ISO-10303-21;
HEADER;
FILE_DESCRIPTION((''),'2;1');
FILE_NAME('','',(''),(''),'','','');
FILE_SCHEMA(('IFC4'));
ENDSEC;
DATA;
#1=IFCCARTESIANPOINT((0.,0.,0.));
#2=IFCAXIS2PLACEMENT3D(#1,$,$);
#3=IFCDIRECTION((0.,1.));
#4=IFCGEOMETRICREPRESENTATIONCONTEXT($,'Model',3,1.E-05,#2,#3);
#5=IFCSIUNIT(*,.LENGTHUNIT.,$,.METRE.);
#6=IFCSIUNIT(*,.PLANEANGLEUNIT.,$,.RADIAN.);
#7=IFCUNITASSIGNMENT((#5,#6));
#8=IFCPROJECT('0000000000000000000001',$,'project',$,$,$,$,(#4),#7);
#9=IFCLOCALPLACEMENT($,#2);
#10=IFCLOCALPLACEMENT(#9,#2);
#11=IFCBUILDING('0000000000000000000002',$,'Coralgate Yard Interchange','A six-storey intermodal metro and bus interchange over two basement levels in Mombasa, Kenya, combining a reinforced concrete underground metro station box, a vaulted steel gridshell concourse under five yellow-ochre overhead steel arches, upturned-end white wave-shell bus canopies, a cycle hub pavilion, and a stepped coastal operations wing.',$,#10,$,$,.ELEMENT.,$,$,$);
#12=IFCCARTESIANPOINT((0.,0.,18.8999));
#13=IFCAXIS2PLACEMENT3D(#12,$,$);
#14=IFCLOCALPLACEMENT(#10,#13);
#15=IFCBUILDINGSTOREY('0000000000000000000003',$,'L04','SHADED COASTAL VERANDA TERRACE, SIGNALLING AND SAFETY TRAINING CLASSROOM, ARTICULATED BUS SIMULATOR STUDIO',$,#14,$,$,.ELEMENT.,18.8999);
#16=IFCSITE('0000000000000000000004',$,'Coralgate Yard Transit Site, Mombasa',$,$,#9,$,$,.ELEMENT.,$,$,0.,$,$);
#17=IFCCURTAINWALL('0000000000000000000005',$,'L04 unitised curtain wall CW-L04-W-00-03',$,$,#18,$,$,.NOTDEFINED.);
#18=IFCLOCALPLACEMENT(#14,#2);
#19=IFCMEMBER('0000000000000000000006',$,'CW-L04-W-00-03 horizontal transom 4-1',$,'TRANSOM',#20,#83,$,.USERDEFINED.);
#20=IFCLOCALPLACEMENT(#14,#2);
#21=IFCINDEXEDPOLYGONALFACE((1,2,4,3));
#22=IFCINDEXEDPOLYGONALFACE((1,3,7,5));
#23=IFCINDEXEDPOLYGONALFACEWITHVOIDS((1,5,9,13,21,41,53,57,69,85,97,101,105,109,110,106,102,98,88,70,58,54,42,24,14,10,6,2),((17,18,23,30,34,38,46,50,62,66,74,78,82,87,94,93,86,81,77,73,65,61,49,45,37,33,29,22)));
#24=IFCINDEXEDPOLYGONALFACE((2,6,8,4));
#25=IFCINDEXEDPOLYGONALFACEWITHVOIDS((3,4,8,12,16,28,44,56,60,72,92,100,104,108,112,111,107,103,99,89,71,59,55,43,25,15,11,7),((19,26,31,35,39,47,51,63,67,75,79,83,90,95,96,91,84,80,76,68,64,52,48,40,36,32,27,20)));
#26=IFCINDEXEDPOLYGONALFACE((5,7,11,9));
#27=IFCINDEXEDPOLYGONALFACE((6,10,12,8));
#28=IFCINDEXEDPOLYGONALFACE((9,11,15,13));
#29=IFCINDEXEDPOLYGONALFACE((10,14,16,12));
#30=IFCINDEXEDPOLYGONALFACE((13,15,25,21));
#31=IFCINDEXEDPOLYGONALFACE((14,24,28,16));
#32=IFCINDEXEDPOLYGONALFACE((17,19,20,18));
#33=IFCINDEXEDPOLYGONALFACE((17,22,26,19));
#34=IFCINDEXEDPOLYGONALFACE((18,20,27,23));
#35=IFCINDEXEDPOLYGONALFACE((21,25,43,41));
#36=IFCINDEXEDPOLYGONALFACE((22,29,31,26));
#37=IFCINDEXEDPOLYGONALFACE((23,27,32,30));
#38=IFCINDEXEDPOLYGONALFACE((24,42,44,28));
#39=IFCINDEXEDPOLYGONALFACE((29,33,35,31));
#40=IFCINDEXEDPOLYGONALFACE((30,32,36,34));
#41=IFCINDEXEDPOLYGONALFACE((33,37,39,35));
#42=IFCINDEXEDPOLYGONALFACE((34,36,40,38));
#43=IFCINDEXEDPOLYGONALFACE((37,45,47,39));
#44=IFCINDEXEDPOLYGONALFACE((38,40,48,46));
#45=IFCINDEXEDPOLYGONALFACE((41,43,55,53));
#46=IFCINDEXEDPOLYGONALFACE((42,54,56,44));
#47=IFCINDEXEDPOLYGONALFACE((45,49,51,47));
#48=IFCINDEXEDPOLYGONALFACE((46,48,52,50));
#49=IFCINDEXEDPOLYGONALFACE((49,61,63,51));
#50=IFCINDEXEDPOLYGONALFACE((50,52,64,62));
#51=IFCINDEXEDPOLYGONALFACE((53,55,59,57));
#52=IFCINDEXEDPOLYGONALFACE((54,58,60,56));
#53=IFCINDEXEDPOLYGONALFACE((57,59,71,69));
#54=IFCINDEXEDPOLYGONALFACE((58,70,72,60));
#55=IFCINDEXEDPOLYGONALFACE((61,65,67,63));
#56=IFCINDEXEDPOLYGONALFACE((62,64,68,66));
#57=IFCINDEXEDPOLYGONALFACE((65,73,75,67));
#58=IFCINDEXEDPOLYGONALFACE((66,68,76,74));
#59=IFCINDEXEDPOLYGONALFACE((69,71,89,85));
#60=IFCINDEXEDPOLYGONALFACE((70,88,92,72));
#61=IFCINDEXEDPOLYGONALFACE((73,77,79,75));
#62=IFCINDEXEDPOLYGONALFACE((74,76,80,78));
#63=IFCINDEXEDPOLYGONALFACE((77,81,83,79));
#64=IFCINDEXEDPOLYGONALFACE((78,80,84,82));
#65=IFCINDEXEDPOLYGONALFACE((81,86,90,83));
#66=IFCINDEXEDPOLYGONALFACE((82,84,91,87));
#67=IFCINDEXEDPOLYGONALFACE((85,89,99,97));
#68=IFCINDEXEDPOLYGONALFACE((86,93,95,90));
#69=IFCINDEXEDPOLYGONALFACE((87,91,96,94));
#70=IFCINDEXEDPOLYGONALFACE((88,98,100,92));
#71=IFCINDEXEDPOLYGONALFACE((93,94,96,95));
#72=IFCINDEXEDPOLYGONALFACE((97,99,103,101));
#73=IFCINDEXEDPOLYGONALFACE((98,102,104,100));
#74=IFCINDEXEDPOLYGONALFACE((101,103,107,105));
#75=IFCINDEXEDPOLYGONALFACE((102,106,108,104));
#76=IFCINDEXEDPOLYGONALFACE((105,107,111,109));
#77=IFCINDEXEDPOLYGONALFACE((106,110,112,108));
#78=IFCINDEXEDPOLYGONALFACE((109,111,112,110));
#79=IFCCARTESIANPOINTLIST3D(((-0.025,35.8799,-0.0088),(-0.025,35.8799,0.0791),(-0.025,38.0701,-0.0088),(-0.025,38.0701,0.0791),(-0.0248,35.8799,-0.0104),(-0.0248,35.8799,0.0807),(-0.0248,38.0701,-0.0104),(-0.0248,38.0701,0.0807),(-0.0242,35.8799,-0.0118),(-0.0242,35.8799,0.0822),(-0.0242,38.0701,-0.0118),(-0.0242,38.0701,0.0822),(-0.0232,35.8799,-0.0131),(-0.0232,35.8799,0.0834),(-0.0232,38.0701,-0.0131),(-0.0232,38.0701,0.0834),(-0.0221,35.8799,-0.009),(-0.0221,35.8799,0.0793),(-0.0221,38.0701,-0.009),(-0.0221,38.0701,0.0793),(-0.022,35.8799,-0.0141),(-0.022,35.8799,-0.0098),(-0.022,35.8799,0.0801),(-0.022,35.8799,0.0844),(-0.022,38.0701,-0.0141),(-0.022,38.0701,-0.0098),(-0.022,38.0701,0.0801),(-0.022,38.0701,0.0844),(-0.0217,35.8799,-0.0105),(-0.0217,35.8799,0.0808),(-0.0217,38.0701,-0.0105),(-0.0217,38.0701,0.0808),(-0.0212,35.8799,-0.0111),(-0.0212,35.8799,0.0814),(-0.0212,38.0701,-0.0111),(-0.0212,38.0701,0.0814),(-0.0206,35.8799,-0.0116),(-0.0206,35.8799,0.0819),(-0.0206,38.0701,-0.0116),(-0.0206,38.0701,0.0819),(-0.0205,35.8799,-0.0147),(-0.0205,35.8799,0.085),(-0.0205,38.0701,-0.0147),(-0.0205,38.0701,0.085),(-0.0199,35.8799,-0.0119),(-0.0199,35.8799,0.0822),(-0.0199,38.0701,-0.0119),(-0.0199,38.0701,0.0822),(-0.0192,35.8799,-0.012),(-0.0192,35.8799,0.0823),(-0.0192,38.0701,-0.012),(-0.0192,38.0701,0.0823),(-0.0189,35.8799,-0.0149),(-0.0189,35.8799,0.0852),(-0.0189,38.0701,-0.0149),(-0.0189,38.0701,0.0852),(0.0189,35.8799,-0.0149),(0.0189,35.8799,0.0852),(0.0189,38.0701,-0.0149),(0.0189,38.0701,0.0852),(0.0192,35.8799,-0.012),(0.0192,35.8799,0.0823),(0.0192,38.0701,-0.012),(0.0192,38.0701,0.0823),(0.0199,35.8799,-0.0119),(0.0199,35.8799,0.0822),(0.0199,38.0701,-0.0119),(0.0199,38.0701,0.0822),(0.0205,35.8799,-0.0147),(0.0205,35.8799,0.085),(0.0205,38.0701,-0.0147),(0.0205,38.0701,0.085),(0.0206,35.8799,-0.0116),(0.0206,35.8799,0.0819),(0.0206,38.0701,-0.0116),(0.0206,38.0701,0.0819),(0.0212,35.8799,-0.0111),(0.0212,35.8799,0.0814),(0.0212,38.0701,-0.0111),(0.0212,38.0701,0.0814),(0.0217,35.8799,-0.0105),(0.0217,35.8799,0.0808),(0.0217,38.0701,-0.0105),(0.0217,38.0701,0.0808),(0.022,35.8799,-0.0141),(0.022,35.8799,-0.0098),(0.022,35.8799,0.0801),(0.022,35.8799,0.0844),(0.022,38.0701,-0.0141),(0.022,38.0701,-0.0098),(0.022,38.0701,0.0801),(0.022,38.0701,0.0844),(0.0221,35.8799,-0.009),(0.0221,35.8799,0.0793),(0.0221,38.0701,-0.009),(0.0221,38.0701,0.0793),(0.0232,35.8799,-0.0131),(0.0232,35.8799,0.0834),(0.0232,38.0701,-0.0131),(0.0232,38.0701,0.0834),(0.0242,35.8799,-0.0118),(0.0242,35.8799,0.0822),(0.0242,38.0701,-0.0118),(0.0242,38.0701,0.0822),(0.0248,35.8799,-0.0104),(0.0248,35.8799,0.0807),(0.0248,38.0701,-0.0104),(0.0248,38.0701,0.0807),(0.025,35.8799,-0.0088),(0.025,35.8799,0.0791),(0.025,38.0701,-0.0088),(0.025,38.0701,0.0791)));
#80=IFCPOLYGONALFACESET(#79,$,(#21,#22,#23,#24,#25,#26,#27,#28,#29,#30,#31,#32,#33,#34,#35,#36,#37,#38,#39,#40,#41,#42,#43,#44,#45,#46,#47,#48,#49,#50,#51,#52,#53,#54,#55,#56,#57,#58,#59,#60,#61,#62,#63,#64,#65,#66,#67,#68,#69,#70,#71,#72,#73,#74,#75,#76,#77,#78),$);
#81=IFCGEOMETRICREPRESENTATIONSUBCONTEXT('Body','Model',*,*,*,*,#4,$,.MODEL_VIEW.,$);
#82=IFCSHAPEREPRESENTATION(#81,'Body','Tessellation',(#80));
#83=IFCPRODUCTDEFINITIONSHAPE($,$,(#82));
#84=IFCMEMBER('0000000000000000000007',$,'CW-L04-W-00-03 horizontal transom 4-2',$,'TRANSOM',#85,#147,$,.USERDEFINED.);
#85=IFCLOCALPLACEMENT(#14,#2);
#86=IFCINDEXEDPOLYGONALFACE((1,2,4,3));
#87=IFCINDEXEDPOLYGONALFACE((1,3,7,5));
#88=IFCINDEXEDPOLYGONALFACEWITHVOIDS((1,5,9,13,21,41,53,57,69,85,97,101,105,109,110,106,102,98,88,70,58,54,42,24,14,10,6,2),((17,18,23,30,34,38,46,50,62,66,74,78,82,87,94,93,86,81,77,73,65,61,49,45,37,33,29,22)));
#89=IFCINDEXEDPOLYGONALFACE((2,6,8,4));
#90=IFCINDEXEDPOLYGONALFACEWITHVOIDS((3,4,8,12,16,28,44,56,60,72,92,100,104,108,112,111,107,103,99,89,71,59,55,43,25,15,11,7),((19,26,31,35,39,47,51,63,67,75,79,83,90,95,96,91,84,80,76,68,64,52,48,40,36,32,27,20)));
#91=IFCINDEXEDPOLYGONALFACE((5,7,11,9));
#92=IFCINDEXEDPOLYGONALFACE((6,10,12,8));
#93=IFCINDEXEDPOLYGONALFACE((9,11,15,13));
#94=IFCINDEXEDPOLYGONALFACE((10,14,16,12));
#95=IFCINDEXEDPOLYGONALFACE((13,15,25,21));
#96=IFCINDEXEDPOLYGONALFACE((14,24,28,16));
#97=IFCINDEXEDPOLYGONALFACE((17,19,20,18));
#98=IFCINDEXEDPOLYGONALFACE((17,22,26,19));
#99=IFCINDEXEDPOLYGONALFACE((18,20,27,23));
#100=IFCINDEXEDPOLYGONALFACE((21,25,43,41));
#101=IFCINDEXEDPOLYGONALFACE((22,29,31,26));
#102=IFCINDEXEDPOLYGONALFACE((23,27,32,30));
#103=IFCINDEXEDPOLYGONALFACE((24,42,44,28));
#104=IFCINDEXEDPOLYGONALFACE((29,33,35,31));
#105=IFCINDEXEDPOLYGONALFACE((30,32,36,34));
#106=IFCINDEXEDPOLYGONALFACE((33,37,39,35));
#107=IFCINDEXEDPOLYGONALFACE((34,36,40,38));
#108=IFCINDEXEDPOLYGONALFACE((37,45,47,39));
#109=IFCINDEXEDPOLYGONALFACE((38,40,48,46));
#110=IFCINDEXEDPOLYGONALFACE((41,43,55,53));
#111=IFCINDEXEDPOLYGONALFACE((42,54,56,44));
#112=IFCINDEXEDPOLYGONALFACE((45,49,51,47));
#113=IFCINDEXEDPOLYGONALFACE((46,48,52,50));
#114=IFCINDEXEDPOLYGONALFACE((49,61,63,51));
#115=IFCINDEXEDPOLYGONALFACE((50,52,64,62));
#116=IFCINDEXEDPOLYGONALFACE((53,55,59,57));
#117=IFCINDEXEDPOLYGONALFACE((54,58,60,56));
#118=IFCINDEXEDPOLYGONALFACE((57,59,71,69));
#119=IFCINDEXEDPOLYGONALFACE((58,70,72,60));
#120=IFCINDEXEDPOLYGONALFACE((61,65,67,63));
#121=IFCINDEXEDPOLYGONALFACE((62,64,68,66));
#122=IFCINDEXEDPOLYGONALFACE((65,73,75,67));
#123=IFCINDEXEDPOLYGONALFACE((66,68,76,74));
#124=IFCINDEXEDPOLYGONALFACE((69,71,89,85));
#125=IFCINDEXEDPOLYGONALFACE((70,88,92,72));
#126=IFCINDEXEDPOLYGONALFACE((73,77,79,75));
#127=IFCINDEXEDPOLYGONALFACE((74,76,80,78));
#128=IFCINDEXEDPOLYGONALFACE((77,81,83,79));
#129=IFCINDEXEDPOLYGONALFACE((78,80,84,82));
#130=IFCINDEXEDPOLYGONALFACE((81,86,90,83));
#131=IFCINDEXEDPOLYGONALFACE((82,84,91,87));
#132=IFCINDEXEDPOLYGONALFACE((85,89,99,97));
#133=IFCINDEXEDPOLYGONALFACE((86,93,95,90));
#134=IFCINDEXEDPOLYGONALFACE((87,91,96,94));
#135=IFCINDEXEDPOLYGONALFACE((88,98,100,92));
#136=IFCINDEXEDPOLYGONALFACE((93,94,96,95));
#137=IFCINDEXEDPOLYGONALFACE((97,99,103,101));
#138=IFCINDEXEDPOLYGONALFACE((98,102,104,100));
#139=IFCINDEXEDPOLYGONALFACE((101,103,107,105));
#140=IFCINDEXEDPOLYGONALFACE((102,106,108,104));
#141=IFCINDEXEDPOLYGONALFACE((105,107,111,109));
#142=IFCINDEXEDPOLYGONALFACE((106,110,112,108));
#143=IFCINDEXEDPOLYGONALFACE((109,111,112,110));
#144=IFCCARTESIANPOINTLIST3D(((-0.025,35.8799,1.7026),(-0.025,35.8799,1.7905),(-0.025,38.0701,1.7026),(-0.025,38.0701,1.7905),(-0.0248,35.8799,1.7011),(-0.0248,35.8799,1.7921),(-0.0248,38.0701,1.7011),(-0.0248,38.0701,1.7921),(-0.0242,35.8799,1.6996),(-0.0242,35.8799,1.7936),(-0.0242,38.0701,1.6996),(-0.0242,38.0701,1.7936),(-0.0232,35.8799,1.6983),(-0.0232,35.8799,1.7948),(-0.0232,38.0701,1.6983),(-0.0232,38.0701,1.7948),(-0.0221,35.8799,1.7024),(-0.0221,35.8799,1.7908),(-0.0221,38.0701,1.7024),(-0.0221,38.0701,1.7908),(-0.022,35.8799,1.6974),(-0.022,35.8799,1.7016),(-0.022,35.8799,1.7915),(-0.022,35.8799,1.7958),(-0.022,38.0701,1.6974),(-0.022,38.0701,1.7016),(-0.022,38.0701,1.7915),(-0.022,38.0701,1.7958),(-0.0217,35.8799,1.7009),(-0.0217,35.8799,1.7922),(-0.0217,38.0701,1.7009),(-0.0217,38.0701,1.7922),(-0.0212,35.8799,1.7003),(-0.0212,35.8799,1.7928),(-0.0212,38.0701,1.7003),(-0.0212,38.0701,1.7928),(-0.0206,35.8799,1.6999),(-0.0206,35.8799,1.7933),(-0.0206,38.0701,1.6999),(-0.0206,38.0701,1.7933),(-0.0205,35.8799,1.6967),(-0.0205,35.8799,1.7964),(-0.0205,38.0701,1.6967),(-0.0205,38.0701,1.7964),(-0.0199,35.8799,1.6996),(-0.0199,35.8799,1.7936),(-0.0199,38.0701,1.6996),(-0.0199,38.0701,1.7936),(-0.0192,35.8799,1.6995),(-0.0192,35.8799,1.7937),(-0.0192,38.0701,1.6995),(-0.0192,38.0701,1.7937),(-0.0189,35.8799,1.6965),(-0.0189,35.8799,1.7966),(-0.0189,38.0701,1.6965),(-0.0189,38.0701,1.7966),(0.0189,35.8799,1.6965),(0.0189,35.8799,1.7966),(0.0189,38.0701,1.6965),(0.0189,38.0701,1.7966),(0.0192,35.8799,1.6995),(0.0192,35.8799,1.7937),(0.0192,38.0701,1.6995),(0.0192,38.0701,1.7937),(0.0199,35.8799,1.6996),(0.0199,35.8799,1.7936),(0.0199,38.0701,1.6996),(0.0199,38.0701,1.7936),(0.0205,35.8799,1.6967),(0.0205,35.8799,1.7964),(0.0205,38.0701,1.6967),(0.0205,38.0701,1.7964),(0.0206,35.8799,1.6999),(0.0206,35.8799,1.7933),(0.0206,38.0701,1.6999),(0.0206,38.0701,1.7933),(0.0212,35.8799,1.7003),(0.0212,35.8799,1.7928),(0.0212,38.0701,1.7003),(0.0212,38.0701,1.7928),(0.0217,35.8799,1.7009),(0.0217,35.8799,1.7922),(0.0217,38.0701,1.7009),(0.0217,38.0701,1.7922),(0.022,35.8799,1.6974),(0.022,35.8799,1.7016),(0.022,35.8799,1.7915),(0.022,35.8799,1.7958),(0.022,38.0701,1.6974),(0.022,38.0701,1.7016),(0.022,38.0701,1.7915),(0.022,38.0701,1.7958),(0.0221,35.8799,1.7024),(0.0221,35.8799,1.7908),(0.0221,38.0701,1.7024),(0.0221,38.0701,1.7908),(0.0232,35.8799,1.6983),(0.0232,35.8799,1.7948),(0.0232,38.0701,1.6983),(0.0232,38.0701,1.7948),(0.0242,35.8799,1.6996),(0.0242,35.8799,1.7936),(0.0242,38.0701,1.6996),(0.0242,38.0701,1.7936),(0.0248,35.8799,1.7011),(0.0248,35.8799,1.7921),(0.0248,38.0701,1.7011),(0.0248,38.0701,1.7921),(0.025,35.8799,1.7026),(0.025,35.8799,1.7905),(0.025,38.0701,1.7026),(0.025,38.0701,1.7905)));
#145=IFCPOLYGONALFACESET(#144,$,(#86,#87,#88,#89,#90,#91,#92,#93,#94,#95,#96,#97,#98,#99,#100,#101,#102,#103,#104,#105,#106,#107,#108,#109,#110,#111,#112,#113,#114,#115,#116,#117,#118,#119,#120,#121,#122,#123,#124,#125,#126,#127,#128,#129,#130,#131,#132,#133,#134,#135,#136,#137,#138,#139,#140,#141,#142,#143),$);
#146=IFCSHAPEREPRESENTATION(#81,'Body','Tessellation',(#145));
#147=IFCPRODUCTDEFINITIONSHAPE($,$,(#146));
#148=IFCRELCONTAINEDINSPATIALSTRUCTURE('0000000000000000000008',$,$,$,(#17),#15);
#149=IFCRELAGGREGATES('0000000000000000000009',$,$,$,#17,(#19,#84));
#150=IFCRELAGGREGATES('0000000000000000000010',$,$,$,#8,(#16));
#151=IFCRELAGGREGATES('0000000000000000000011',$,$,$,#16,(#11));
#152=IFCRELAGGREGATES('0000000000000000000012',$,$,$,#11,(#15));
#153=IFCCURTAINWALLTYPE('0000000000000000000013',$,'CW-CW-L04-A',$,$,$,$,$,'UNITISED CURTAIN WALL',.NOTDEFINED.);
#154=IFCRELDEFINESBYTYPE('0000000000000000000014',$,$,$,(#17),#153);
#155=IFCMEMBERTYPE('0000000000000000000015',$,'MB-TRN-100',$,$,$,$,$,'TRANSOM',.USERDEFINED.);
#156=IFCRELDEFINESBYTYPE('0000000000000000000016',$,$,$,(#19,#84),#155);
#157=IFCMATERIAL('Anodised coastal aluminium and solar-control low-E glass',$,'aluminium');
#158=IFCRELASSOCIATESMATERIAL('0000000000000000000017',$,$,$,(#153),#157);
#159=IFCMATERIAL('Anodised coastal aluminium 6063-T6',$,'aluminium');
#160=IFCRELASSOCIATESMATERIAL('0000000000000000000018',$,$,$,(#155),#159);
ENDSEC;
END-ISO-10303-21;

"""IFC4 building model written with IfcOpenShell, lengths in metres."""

from ifc_helpers import new_model, si_unit, direction, frame, origin, origin_2d, place, context, subcontext, project, spatial, hollow_rectangle, extrude, material, material_profile, profile_set, type_object, element, aggregate, save


model = new_model("IFC4")

# Units and contexts
model_context = context("Model", 3, precision=1e-05, world=origin(), true_north=direction((0.0, 1.0)))
body_context = subcontext(model_context, "Body", "Model", "MODEL_VIEW")
ifc_project = project(units=[si_unit("LENGTHUNIT", "METRE"), si_unit("PLANEANGLEUNIT", "RADIAN")], contexts=[model_context])

# Site, building, storey
site_placement = place(None, origin())
site = spatial("IfcSite", under=ifc_project, at=site_placement, Name="Coralgate Yard Transit Site, Mombasa", CompositionType="ELEMENT", RefElevation=0.0)
building_placement = place(site_placement, origin())
building = spatial("IfcBuilding", under=site, at=building_placement, Name="Coralgate Yard Interchange", Description="A six-storey intermodal metro and bus interchange over two basement levels in Mombasa, Kenya, combining a reinforced concrete underground metro station box, a vaulted steel gridshell concourse under five yellow-ochre overhead steel arches, upturned-end white wave-shell bus canopies, a cycle hub pavilion, and a stepped coastal operations wing.", CompositionType="ELEMENT")
storey_placement = place(building_placement, frame((0.0, 0.0, 18.8999)))
storey = spatial("IfcBuildingStorey", under=building, at=storey_placement, Name="L04", Description="SHADED COASTAL VERANDA TERRACE, SIGNALLING AND SAFETY TRAINING CLASSROOM, ARTICULATED BUS SIMULATOR STUDIO", CompositionType="ELEMENT", Elevation=18.8999)

# Curtain wall
ifc_material_1 = material(Name="Anodised coastal aluminium and solar-control low-E glass", Category="aluminium")
curtain_wall_type = type_object("IfcCurtainWallType", Name="CW-CW-L04-A", ElementType="UNITISED CURTAIN WALL", PredefinedType="NOTDEFINED", material=ifc_material_1)
curtain_wall_1_placement = place(storey_placement, origin())
curtain_wall_1 = element("IfcCurtainWall", 1, at=curtain_wall_1_placement, inside=storey, type_object=curtain_wall_type, Name="L04 unitised curtain wall CW-L04-W-00-03", PredefinedType="NOTDEFINED")
ifc_material_2 = material(Name="Anodised coastal aluminium 6063-T6", Category="aluminium")

# Members
ifc_material_profile_1 = material_profile(ifc_material_2, hollow_rectangle(XDim=0.05, YDim=0.1001, WallThickness=0.0029, InnerFilletRadius=0.0029, OuterFilletRadius=0.0061, at=origin_2d()), Name="ALU 50x100x3")
ifc_profile_set_1 = profile_set([ifc_material_profile_1], Name="Anodised coastal aluminium 6063-T6")
member_type_1 = type_object("IfcMemberType", Name="MB-TRN-100", ElementType="TRANSOM", PredefinedType="USERDEFINED", material=ifc_profile_set_1)
member_1_placement = place(storey_placement, frame((0.0, 35.8799, 0.0352), z_axis=(0.0, 1.0, 0.0), x_axis=(-1.0, 0.0, 0.0)))
member_1 = element("IfcMember", 2, at=member_1_placement, type_object=member_type_1, Name="CW-L04-W-00-03 horizontal transom 4-1", ObjectType="TRANSOM", PredefinedType="USERDEFINED", context=body_context, shape_type="SweptSolid", body=[
    extrude(hollow_rectangle(XDim=0.05, YDim=0.1001, WallThickness=0.0029, InnerFilletRadius=0.0029, OuterFilletRadius=0.0061, at=origin_2d()), origin(), (0.0, 0.0, 1.0), 2.1902),
])
member_2_placement = place(storey_placement, frame((0.0, 35.8799, 1.7466), z_axis=(0.0, 1.0, 0.0), x_axis=(-1.0, 0.0, 0.0)))
member_2 = element("IfcMember", 3, at=member_2_placement, type_object=member_type_1, Name="CW-L04-W-00-03 horizontal transom 4-2", ObjectType="TRANSOM", PredefinedType="USERDEFINED", context=body_context, shape_type="SweptSolid", body=[
    extrude(hollow_rectangle(XDim=0.05, YDim=0.1001, WallThickness=0.0029, InnerFilletRadius=0.0029, OuterFilletRadius=0.0061, at=origin_2d()), origin(), (0.0, 0.0, 1.0), 2.1902),
])

aggregate(curtain_wall_1, [member_1, member_2])

save(model, "model.ifc")
